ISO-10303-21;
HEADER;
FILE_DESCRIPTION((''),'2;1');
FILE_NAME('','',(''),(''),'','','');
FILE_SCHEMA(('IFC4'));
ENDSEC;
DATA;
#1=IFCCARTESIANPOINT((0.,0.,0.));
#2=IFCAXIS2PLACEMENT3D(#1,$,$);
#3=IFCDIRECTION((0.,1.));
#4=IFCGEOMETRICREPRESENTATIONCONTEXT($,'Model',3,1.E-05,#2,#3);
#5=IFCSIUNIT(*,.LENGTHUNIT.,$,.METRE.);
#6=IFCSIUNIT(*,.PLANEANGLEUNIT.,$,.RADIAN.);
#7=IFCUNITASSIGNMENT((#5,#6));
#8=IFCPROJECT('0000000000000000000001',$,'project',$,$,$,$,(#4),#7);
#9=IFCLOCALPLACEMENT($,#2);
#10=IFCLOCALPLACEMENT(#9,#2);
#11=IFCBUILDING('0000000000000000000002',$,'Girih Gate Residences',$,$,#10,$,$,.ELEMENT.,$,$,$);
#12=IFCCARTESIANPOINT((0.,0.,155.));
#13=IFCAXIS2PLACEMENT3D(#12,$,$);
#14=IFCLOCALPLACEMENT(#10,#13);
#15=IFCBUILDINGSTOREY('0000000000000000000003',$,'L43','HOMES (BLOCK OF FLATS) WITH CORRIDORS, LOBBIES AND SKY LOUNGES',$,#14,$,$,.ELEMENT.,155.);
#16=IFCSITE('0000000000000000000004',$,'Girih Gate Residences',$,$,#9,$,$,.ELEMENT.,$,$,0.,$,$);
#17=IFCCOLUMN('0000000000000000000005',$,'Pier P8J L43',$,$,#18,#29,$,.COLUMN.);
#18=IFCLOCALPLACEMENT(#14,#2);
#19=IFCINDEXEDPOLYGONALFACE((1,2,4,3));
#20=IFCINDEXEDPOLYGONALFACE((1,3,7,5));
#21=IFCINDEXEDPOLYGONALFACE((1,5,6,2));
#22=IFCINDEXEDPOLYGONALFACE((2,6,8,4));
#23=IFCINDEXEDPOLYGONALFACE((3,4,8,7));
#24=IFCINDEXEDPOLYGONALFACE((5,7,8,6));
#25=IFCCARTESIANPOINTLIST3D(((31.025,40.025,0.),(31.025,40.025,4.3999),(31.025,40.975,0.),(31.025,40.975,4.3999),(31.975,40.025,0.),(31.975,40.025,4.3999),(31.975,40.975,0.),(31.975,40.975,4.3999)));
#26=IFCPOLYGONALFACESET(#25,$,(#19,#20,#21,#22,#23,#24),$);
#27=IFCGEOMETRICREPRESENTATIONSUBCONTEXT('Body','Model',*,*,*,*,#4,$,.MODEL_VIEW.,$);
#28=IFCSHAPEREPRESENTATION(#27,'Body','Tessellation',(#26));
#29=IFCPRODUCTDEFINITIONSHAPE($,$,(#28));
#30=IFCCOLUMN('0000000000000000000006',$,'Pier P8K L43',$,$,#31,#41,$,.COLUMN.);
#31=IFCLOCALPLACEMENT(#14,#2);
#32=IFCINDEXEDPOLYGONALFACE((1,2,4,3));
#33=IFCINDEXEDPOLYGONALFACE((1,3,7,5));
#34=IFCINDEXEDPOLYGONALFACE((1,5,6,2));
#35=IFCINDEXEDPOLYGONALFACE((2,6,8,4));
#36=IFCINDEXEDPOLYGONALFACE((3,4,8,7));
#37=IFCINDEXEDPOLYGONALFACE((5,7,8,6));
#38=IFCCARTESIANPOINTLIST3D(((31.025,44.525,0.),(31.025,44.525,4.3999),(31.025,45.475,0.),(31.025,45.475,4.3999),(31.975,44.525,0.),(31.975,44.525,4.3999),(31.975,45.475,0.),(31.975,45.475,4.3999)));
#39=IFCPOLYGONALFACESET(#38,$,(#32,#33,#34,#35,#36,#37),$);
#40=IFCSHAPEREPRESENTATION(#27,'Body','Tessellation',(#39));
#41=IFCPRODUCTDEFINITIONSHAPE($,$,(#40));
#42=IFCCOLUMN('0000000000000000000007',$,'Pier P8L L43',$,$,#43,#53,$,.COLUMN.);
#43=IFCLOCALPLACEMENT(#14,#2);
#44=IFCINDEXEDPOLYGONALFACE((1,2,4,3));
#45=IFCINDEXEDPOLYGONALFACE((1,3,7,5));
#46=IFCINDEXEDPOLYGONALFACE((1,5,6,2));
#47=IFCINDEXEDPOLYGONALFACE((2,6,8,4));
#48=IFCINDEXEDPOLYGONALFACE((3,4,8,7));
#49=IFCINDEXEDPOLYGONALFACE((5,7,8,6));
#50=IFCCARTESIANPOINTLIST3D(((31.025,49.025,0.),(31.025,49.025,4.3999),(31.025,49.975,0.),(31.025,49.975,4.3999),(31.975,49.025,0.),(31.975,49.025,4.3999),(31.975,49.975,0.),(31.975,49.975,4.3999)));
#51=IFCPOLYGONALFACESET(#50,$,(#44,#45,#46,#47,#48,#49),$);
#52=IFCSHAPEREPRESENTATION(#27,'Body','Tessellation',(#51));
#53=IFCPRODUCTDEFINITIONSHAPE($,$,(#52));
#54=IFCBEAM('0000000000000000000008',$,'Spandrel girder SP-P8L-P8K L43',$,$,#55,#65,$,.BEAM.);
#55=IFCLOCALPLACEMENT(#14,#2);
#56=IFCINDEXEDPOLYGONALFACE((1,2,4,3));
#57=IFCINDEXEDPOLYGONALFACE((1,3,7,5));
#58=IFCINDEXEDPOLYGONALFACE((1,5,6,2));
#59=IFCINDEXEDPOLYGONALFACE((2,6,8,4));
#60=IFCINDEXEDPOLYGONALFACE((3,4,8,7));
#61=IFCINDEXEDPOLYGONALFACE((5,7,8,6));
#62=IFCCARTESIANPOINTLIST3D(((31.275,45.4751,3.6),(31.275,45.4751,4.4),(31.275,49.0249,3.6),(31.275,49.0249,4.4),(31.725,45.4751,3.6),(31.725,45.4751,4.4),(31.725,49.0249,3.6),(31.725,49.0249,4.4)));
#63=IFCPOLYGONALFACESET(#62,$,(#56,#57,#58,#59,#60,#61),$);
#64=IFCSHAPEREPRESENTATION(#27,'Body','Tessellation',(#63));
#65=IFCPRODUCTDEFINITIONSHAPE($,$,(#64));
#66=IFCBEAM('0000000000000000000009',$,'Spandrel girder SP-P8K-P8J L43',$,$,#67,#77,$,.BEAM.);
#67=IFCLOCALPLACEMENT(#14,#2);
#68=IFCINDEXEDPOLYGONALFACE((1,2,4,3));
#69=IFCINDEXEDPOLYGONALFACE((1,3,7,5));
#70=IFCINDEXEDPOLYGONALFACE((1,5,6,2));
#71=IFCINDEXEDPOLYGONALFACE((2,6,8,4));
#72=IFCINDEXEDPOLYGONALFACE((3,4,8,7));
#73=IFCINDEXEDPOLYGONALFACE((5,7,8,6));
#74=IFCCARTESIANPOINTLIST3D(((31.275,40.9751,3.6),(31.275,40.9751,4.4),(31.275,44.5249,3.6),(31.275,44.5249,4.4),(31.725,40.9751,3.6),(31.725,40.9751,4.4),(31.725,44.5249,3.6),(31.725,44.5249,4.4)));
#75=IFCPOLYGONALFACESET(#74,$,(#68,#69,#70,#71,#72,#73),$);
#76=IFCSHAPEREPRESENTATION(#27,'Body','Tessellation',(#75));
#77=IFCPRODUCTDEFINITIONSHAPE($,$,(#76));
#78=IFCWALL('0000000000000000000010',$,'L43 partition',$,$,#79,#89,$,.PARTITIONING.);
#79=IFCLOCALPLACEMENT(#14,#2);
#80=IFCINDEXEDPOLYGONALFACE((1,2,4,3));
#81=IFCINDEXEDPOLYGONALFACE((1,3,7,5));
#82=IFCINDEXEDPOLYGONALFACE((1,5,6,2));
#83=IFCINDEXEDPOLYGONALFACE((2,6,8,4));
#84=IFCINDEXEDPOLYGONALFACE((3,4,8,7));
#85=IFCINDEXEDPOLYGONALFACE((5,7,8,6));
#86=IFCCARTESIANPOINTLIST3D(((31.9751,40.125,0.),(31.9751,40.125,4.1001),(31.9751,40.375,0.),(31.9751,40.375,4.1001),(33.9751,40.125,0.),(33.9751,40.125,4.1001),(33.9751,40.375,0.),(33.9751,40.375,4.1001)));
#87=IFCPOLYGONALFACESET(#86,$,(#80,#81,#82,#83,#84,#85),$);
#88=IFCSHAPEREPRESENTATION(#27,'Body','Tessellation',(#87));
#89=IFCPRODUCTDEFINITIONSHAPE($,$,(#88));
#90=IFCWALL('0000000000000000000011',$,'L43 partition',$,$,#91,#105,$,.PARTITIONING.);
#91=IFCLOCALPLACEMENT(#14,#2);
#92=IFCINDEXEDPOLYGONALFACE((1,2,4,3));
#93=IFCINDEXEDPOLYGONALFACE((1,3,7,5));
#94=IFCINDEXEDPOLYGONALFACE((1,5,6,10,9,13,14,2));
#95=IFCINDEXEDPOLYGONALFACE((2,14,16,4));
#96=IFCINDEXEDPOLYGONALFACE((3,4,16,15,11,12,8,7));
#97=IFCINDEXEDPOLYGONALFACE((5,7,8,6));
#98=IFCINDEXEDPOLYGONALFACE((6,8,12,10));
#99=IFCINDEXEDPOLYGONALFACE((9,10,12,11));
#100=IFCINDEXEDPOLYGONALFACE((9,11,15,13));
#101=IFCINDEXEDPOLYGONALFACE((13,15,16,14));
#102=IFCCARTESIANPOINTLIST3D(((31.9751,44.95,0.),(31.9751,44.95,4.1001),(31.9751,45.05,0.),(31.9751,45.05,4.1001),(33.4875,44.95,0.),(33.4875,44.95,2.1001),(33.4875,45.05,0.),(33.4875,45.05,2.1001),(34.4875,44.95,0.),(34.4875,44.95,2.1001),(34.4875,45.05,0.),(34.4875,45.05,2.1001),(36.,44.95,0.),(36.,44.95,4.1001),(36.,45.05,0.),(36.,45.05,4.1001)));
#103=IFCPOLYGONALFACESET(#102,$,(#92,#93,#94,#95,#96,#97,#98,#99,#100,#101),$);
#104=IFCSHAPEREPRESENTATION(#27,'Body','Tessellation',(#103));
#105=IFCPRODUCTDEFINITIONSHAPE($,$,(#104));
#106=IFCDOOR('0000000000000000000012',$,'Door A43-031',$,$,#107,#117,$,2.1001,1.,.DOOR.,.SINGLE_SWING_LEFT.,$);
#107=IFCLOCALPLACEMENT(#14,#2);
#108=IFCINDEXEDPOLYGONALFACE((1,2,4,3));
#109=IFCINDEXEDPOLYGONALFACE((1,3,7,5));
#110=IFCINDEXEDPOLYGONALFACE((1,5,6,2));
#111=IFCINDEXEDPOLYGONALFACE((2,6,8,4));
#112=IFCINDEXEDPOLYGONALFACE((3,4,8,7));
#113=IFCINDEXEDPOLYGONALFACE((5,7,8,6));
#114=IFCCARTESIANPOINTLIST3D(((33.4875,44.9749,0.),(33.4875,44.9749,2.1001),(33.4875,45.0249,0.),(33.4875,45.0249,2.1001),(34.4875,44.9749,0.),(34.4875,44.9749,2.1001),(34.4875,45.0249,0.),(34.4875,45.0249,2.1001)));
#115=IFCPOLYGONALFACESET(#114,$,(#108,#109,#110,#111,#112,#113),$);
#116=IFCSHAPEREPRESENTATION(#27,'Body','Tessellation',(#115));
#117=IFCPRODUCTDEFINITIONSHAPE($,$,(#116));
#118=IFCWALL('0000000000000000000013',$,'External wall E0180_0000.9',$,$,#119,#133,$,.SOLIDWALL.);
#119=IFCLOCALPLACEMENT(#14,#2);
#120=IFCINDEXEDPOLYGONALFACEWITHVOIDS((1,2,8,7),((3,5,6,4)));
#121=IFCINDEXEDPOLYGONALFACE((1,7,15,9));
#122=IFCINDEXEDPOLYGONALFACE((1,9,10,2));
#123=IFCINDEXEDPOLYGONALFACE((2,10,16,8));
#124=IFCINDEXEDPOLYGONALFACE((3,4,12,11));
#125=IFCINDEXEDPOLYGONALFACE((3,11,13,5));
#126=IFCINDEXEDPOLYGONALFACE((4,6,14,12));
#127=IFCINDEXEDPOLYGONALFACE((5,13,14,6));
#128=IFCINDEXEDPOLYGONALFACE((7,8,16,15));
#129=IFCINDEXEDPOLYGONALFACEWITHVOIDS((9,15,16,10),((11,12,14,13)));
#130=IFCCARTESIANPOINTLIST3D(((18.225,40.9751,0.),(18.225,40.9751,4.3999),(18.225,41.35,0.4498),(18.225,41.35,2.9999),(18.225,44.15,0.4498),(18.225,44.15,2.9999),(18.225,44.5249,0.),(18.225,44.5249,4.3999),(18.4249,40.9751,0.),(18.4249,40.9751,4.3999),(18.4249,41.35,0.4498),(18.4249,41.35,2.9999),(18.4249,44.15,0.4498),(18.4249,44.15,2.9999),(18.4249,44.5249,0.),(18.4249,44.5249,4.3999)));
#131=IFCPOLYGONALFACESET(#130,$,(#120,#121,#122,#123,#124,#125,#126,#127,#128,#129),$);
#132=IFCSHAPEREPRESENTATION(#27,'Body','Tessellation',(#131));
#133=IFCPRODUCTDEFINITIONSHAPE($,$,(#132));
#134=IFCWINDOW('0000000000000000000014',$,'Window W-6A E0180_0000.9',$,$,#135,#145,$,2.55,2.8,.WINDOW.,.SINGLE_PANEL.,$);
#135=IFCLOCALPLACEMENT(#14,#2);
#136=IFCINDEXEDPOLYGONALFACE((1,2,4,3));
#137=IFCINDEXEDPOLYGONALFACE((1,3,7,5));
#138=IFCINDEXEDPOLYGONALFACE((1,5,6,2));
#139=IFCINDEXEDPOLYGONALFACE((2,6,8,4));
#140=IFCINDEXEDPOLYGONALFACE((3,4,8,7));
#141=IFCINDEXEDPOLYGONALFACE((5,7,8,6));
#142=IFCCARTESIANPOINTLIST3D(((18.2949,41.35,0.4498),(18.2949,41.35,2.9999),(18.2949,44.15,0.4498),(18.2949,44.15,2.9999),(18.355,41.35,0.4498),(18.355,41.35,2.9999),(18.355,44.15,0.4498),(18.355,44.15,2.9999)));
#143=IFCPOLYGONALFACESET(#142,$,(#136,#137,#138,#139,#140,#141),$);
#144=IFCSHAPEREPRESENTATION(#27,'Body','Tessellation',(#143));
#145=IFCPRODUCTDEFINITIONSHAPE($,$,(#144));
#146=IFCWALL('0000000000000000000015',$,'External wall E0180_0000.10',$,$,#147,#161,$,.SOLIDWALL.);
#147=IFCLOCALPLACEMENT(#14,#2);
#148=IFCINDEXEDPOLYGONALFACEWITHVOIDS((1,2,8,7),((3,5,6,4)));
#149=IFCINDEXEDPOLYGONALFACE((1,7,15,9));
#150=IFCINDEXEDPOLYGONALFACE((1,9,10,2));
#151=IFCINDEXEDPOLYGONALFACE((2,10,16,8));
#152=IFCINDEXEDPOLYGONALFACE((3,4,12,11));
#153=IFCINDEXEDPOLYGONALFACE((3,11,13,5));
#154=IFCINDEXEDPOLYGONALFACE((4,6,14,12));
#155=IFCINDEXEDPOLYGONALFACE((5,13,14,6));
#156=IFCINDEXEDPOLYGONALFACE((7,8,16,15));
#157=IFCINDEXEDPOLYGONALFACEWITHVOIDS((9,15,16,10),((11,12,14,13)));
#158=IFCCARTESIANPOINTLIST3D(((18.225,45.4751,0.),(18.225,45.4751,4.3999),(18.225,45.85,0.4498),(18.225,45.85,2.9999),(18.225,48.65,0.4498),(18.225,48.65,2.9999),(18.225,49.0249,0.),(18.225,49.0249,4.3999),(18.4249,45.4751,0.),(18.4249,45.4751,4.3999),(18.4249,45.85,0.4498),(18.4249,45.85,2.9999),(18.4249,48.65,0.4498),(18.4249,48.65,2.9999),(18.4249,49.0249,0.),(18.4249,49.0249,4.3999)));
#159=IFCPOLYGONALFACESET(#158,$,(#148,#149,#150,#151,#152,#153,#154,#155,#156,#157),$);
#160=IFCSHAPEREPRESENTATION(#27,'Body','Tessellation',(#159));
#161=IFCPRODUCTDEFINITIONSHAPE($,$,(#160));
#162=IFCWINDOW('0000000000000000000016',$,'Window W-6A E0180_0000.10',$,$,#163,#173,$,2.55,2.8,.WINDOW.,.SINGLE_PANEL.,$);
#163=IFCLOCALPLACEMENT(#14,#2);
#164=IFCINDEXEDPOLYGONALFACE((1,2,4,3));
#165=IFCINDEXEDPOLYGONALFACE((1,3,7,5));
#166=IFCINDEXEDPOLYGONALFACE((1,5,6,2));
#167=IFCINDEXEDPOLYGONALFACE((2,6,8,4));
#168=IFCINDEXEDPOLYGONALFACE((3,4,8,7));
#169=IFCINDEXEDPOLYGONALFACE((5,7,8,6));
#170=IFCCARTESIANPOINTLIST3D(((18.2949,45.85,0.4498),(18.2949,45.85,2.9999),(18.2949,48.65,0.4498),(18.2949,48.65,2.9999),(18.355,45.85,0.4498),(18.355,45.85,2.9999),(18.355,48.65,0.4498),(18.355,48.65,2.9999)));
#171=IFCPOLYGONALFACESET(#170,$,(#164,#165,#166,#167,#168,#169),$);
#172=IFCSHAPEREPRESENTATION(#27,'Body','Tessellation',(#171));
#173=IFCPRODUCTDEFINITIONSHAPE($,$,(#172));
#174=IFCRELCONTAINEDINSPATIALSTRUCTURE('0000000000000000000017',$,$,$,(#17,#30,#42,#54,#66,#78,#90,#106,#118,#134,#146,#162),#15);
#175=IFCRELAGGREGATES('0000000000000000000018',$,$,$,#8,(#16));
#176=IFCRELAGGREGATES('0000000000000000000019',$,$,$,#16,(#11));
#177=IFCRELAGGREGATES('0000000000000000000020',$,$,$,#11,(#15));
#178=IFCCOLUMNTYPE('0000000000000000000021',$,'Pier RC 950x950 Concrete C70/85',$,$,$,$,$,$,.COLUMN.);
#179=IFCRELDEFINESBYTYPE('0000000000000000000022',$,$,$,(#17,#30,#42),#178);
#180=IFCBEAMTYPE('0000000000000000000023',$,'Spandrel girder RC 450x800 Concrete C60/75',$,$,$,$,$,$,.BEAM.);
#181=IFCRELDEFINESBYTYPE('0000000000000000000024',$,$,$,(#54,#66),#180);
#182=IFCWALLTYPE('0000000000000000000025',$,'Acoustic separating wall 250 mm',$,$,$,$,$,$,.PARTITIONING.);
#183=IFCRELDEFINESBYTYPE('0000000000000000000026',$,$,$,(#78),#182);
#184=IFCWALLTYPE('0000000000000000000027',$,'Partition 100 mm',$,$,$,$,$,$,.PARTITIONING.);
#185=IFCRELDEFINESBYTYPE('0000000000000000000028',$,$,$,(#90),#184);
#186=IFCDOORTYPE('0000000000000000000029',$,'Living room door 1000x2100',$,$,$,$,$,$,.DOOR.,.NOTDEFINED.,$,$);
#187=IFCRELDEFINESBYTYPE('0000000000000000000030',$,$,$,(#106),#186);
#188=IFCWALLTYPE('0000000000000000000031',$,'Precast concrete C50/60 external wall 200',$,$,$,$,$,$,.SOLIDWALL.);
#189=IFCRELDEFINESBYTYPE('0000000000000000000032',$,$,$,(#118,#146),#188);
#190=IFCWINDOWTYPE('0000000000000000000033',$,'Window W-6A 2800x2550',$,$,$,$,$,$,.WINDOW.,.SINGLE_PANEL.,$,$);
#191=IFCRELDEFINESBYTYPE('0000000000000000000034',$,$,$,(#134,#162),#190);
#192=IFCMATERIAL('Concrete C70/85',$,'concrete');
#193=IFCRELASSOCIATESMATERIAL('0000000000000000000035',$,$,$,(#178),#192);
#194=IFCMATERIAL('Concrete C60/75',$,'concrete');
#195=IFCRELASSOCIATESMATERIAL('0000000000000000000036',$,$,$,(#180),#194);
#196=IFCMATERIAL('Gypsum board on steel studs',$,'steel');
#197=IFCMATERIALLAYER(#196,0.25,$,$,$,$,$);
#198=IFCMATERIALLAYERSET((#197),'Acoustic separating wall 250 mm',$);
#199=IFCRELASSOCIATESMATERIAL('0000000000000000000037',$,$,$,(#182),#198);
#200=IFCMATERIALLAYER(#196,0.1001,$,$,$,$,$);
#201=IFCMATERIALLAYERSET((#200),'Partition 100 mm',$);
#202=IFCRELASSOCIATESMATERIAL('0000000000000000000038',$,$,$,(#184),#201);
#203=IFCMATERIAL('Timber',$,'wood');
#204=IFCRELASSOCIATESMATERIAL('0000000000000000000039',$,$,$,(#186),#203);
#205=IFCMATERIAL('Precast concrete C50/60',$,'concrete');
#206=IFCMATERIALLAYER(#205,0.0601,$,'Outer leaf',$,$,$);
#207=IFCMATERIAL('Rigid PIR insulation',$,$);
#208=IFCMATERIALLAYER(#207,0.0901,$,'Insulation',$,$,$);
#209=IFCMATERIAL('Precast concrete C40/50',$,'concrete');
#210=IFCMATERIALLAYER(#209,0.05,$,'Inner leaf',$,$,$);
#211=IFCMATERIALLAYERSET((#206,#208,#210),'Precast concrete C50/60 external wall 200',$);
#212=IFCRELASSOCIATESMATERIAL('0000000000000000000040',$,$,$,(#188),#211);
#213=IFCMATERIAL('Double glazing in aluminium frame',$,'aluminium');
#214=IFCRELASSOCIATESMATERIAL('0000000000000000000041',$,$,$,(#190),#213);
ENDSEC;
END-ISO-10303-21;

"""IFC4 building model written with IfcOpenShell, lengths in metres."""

from ifc_helpers import new_model, si_unit, direction, frame, frame_2d, origin, origin_2d, place, context, subcontext, project, spatial, rectangle, extrude, material, layer, layer_set, material_profile, profile_set, type_object, element, fill, save


model = new_model("IFC4")

# Units and contexts
model_context = context("Model", 3, precision=1e-05, world=origin(), true_north=direction((0.0, 1.0)))
body_context = subcontext(model_context, "Body", "Model", "MODEL_VIEW")
ifc_project = project(units=[si_unit("LENGTHUNIT", "METRE"), si_unit("PLANEANGLEUNIT", "RADIAN")], contexts=[model_context])

# Site, building, storey
site_placement = place(None, origin())
site = spatial("IfcSite", under=ifc_project, at=site_placement, Name="Girih Gate Residences", CompositionType="ELEMENT", RefElevation=0.0)
building_placement = place(site_placement, origin())
building = spatial("IfcBuilding", under=site, at=building_placement, Name="Girih Gate Residences", CompositionType="ELEMENT")
storey_placement = place(building_placement, frame((0.0, 0.0, 155.0)))
storey = spatial("IfcBuildingStorey", under=building, at=storey_placement, Name="L43", Description="HOMES (BLOCK OF FLATS) WITH CORRIDORS, LOBBIES AND SKY LOUNGES", CompositionType="ELEMENT", Elevation=155.0)

# Columns
ifc_material_1 = material(Name="Concrete C70/85", Category="concrete")
ifc_material_profile_1 = material_profile(ifc_material_1, rectangle(XDim=0.95, YDim=0.95, at=origin_2d()))
ifc_profile_set_1 = profile_set([ifc_material_profile_1], Name="Concrete C70/85")
column_type = type_object("IfcColumnType", Name="Pier RC 950x950 Concrete C70/85", PredefinedType="COLUMN", material=ifc_profile_set_1)
for number, where, z_axis, x_axis, name in (
    (1, (31.5, 40.5, 0.0), (0.0, 0.0, 1.0), (1.0, 0.0, 0.0), "Pier P8J L43"),
    (2, (31.5, 45.0, 0.0), (0.0, 0.0, 1.0), (1.0, 0.0, 0.0), "Pier P8K L43"),
    (3, (31.5, 49.5, 0.0), (0.0, 0.0, 1.0), (1.0, 0.0, 0.0), "Pier P8L L43"),
):
    element("IfcColumn", number, at=place(storey_placement, frame(where, z_axis=z_axis, x_axis=x_axis)), inside=storey, type_object=column_type, Name=name, PredefinedType="COLUMN", context=body_context, shape_type="SweptSolid", body=[
        extrude(rectangle(XDim=0.95, YDim=0.95, at=origin_2d()), origin(), (0.0, 0.0, 1.0), 4.3999),
    ])

# Beams
ifc_material_2 = material(Name="Concrete C60/75", Category="concrete")
ifc_material_profile_2 = material_profile(ifc_material_2, rectangle(XDim=0.45, YDim=0.8, at=origin_2d()))
ifc_profile_set_2 = profile_set([ifc_material_profile_2], Name="Concrete C60/75")
beam_type = type_object("IfcBeamType", Name="Spandrel girder RC 450x800 Concrete C60/75", PredefinedType="BEAM", material=ifc_profile_set_2)
for number, where, z_axis, x_axis, name in (
    (4, (31.5, 49.0249, 4.0), (0.0, -1.0, 0.0), (1.0, 0.0, 0.0), "Spandrel girder SP-P8L-P8K L43"),
    (5, (31.5, 44.5249, 4.0), (0.0, -1.0, 0.0), (1.0, 0.0, 0.0), "Spandrel girder SP-P8K-P8J L43"),
):
    element("IfcBeam", number, at=place(storey_placement, frame(where, z_axis=z_axis, x_axis=x_axis)), inside=storey, type_object=beam_type, Name=name, PredefinedType="BEAM", context=body_context, shape_type="SweptSolid", body=[
        extrude(rectangle(XDim=0.45, YDim=0.8, at=origin_2d()), origin(), (0.0, 0.0, 1.0), 3.5498),
    ])

# Wall
ifc_material_3 = material(Name="Gypsum board on steel studs", Category="steel")
ifc_layer_1 = layer(ifc_material_3, 0.25)
ifc_layer_set_1 = layer_set([ifc_layer_1], Name="Acoustic separating wall 250 mm")
wall_type_1 = type_object("IfcWallType", Name="Acoustic separating wall 250 mm", PredefinedType="PARTITIONING", material=ifc_layer_set_1)
wall_1_placement = place(storey_placement, frame((31.9751, 40.25, 0.0), z_axis=(0.0, 0.0, 1.0), x_axis=(1.0, 0.0, 0.0)))
element("IfcWall", 6, at=wall_1_placement, inside=storey, type_object=wall_type_1, Name="L43 partition", PredefinedType="PARTITIONING", context=body_context, shape_type="SweptSolid", body=[
    extrude(rectangle(XDim=2.0, YDim=0.25, at=frame_2d((1.0, 0.0))), origin(), (0.0, 0.0, 1.0), 4.1001),
])

# Wall, opening, door
ifc_layer_2 = layer(ifc_material_3, 0.1001)
ifc_layer_set_2 = layer_set([ifc_layer_2], Name="Partition 100 mm")
wall_type_2 = type_object("IfcWallType", Name="Partition 100 mm", PredefinedType="PARTITIONING", material=ifc_layer_set_2)
wall_2_placement = place(storey_placement, frame((31.9751, 45.0, 0.0), z_axis=(0.0, 0.0, 1.0), x_axis=(1.0, 0.0, 0.0)))
wall_2 = element("IfcWall", 7, at=wall_2_placement, inside=storey, type_object=wall_type_2, Name="L43 partition", PredefinedType="PARTITIONING", context=body_context, shape_type="SweptSolid", body=[
    extrude(rectangle(XDim=4.0249, YDim=0.1001, at=frame_2d((2.0125, 0.0))), origin(), (0.0, 0.0, 1.0), 4.1001),
])
opening_1_placement = place(wall_2_placement, frame((1.5125, 0.0, 0.0)))
opening_1 = element("IfcOpeningElement", 8, at=opening_1_placement, cuts=wall_2, PredefinedType="OPENING", context=body_context, shape_type="SweptSolid", body=[
    extrude(rectangle(XDim=1.0, YDim=2.1001, at=frame_2d((0.5, 1.05))), frame((0.0, 0.0601, 0.0), z_axis=(0.0, -1.0, 0.0), x_axis=(1.0, 0.0, 0.0)), (0.0, 0.0, 1.0), 0.1201),
])
ifc_material_4 = material(Name="Timber", Category="wood")
door_type = type_object("IfcDoorType", Name="Living room door 1000x2100", OperationType="NOTDEFINED", PredefinedType="DOOR", material=ifc_material_4)
door_placement = place(opening_1_placement, origin())
door = element("IfcDoor", 9, at=door_placement, inside=storey, type_object=door_type, Name="Door A43-031", OperationType="SINGLE_SWING_LEFT", OverallHeight=2.1001, OverallWidth=1.0, PredefinedType="DOOR", context=body_context, shape_type="SweptSolid", body=[
    extrude(rectangle(XDim=1.0, YDim=2.1001, at=frame_2d((0.5, 1.05))), frame((0.0, 0.0249, 0.0), z_axis=(0.0, -1.0, 0.0), x_axis=(1.0, 0.0, 0.0)), (0.0, 0.0, 1.0), 0.05),
])
fill(opening_1, door)

# Walls, openings, windows
ifc_material_5 = material(Name="Precast concrete C50/60", Category="concrete")
ifc_layer_3 = layer(ifc_material_5, 0.0601, Name="Outer leaf")
ifc_material_6 = material(Name="Rigid PIR insulation")
ifc_layer_4 = layer(ifc_material_6, 0.0901, Name="Insulation")
ifc_material_7 = material(Name="Precast concrete C40/50", Category="concrete")
ifc_layer_5 = layer(ifc_material_7, 0.05, Name="Inner leaf")
ifc_layer_set_3 = layer_set([ifc_layer_3, ifc_layer_4, ifc_layer_5], Name="Precast concrete C50/60 external wall 200")
wall_type_3 = type_object("IfcWallType", Name="Precast concrete C50/60 external wall 200", PredefinedType="SOLIDWALL", material=ifc_layer_set_3)
wall_3_placement = place(storey_placement, frame((18.325, 44.5249, 0.0), z_axis=(0.0, 0.0, 1.0), x_axis=(0.0, -1.0, 0.0)))
wall_3 = element("IfcWall", 10, at=wall_3_placement, inside=storey, type_object=wall_type_3, Name="External wall E0180_0000.9", PredefinedType="SOLIDWALL", context=body_context, shape_type="SweptSolid", body=[
    extrude(rectangle(XDim=3.5498, YDim=0.2, at=frame_2d((1.7749, 0.0))), origin(), (0.0, 0.0, 1.0), 4.3999),
])
opening_2_placement = place(wall_3_placement, frame((0.375, 0.0, 0.45)))
opening_2 = element("IfcOpeningElement", 11, at=opening_2_placement, cuts=wall_3, PredefinedType="OPENING", context=body_context, shape_type="SweptSolid", body=[
    extrude(rectangle(XDim=2.8, YDim=2.55, at=frame_2d((1.3999, 1.2749))), frame((0.0, 0.1099, 0.0), z_axis=(0.0, -1.0, 0.0), x_axis=(1.0, 0.0, 0.0)), (0.0, 0.0, 1.0), 0.22),
])
ifc_material_8 = material(Name="Double glazing in aluminium frame", Category="aluminium")
window_type = type_object("IfcWindowType", Name="Window W-6A 2800x2550", PartitioningType="SINGLE_PANEL", PredefinedType="WINDOW", material=ifc_material_8)
window_1_placement = place(opening_2_placement, origin())
window_1 = element("IfcWindow", 12, at=window_1_placement, inside=storey, type_object=window_type, Name="Window W-6A E0180_0000.9", OverallHeight=2.55, OverallWidth=2.8, PartitioningType="SINGLE_PANEL", PredefinedType="WINDOW", context=body_context, shape_type="SweptSolid", body=[
    extrude(rectangle(XDim=2.8, YDim=2.55, at=frame_2d((1.3999, 1.2749))), frame((0.0, 0.03, 0.0), z_axis=(0.0, -1.0, 0.0), x_axis=(1.0, 0.0, 0.0)), (0.0, 0.0, 1.0), 0.0601),
])
fill(opening_2, window_1)
wall_4_placement = place(storey_placement, frame((18.325, 49.0249, 0.0), z_axis=(0.0, 0.0, 1.0), x_axis=(0.0, -1.0, 0.0)))
wall_4 = element("IfcWall", 13, at=wall_4_placement, inside=storey, type_object=wall_type_3, Name="External wall E0180_0000.10", PredefinedType="SOLIDWALL", context=body_context, shape_type="SweptSolid", body=[
    extrude(rectangle(XDim=3.5498, YDim=0.2, at=frame_2d((1.7749, 0.0))), origin(), (0.0, 0.0, 1.0), 4.3999),
])
opening_3_placement = place(wall_4_placement, frame((0.375, 0.0, 0.45)))
opening_3 = element("IfcOpeningElement", 14, at=opening_3_placement, cuts=wall_4, PredefinedType="OPENING", context=body_context, shape_type="SweptSolid", body=[
    extrude(rectangle(XDim=2.8, YDim=2.55, at=frame_2d((1.3999, 1.2749))), frame((0.0, 0.1099, 0.0), z_axis=(0.0, -1.0, 0.0), x_axis=(1.0, 0.0, 0.0)), (0.0, 0.0, 1.0), 0.22),
])
window_2_placement = place(opening_3_placement, origin())
window_2 = element("IfcWindow", 15, at=window_2_placement, inside=storey, type_object=window_type, Name="Window W-6A E0180_0000.10", OverallHeight=2.55, OverallWidth=2.8, PartitioningType="SINGLE_PANEL", PredefinedType="WINDOW", context=body_context, shape_type="SweptSolid", body=[
    extrude(rectangle(XDim=2.8, YDim=2.55, at=frame_2d((1.3999, 1.2749))), frame((0.0, 0.03, 0.0), z_axis=(0.0, -1.0, 0.0), x_axis=(1.0, 0.0, 0.0)), (0.0, 0.0, 1.0), 0.0601),
])
fill(opening_3, window_2)

save(model, "model.ifc")
